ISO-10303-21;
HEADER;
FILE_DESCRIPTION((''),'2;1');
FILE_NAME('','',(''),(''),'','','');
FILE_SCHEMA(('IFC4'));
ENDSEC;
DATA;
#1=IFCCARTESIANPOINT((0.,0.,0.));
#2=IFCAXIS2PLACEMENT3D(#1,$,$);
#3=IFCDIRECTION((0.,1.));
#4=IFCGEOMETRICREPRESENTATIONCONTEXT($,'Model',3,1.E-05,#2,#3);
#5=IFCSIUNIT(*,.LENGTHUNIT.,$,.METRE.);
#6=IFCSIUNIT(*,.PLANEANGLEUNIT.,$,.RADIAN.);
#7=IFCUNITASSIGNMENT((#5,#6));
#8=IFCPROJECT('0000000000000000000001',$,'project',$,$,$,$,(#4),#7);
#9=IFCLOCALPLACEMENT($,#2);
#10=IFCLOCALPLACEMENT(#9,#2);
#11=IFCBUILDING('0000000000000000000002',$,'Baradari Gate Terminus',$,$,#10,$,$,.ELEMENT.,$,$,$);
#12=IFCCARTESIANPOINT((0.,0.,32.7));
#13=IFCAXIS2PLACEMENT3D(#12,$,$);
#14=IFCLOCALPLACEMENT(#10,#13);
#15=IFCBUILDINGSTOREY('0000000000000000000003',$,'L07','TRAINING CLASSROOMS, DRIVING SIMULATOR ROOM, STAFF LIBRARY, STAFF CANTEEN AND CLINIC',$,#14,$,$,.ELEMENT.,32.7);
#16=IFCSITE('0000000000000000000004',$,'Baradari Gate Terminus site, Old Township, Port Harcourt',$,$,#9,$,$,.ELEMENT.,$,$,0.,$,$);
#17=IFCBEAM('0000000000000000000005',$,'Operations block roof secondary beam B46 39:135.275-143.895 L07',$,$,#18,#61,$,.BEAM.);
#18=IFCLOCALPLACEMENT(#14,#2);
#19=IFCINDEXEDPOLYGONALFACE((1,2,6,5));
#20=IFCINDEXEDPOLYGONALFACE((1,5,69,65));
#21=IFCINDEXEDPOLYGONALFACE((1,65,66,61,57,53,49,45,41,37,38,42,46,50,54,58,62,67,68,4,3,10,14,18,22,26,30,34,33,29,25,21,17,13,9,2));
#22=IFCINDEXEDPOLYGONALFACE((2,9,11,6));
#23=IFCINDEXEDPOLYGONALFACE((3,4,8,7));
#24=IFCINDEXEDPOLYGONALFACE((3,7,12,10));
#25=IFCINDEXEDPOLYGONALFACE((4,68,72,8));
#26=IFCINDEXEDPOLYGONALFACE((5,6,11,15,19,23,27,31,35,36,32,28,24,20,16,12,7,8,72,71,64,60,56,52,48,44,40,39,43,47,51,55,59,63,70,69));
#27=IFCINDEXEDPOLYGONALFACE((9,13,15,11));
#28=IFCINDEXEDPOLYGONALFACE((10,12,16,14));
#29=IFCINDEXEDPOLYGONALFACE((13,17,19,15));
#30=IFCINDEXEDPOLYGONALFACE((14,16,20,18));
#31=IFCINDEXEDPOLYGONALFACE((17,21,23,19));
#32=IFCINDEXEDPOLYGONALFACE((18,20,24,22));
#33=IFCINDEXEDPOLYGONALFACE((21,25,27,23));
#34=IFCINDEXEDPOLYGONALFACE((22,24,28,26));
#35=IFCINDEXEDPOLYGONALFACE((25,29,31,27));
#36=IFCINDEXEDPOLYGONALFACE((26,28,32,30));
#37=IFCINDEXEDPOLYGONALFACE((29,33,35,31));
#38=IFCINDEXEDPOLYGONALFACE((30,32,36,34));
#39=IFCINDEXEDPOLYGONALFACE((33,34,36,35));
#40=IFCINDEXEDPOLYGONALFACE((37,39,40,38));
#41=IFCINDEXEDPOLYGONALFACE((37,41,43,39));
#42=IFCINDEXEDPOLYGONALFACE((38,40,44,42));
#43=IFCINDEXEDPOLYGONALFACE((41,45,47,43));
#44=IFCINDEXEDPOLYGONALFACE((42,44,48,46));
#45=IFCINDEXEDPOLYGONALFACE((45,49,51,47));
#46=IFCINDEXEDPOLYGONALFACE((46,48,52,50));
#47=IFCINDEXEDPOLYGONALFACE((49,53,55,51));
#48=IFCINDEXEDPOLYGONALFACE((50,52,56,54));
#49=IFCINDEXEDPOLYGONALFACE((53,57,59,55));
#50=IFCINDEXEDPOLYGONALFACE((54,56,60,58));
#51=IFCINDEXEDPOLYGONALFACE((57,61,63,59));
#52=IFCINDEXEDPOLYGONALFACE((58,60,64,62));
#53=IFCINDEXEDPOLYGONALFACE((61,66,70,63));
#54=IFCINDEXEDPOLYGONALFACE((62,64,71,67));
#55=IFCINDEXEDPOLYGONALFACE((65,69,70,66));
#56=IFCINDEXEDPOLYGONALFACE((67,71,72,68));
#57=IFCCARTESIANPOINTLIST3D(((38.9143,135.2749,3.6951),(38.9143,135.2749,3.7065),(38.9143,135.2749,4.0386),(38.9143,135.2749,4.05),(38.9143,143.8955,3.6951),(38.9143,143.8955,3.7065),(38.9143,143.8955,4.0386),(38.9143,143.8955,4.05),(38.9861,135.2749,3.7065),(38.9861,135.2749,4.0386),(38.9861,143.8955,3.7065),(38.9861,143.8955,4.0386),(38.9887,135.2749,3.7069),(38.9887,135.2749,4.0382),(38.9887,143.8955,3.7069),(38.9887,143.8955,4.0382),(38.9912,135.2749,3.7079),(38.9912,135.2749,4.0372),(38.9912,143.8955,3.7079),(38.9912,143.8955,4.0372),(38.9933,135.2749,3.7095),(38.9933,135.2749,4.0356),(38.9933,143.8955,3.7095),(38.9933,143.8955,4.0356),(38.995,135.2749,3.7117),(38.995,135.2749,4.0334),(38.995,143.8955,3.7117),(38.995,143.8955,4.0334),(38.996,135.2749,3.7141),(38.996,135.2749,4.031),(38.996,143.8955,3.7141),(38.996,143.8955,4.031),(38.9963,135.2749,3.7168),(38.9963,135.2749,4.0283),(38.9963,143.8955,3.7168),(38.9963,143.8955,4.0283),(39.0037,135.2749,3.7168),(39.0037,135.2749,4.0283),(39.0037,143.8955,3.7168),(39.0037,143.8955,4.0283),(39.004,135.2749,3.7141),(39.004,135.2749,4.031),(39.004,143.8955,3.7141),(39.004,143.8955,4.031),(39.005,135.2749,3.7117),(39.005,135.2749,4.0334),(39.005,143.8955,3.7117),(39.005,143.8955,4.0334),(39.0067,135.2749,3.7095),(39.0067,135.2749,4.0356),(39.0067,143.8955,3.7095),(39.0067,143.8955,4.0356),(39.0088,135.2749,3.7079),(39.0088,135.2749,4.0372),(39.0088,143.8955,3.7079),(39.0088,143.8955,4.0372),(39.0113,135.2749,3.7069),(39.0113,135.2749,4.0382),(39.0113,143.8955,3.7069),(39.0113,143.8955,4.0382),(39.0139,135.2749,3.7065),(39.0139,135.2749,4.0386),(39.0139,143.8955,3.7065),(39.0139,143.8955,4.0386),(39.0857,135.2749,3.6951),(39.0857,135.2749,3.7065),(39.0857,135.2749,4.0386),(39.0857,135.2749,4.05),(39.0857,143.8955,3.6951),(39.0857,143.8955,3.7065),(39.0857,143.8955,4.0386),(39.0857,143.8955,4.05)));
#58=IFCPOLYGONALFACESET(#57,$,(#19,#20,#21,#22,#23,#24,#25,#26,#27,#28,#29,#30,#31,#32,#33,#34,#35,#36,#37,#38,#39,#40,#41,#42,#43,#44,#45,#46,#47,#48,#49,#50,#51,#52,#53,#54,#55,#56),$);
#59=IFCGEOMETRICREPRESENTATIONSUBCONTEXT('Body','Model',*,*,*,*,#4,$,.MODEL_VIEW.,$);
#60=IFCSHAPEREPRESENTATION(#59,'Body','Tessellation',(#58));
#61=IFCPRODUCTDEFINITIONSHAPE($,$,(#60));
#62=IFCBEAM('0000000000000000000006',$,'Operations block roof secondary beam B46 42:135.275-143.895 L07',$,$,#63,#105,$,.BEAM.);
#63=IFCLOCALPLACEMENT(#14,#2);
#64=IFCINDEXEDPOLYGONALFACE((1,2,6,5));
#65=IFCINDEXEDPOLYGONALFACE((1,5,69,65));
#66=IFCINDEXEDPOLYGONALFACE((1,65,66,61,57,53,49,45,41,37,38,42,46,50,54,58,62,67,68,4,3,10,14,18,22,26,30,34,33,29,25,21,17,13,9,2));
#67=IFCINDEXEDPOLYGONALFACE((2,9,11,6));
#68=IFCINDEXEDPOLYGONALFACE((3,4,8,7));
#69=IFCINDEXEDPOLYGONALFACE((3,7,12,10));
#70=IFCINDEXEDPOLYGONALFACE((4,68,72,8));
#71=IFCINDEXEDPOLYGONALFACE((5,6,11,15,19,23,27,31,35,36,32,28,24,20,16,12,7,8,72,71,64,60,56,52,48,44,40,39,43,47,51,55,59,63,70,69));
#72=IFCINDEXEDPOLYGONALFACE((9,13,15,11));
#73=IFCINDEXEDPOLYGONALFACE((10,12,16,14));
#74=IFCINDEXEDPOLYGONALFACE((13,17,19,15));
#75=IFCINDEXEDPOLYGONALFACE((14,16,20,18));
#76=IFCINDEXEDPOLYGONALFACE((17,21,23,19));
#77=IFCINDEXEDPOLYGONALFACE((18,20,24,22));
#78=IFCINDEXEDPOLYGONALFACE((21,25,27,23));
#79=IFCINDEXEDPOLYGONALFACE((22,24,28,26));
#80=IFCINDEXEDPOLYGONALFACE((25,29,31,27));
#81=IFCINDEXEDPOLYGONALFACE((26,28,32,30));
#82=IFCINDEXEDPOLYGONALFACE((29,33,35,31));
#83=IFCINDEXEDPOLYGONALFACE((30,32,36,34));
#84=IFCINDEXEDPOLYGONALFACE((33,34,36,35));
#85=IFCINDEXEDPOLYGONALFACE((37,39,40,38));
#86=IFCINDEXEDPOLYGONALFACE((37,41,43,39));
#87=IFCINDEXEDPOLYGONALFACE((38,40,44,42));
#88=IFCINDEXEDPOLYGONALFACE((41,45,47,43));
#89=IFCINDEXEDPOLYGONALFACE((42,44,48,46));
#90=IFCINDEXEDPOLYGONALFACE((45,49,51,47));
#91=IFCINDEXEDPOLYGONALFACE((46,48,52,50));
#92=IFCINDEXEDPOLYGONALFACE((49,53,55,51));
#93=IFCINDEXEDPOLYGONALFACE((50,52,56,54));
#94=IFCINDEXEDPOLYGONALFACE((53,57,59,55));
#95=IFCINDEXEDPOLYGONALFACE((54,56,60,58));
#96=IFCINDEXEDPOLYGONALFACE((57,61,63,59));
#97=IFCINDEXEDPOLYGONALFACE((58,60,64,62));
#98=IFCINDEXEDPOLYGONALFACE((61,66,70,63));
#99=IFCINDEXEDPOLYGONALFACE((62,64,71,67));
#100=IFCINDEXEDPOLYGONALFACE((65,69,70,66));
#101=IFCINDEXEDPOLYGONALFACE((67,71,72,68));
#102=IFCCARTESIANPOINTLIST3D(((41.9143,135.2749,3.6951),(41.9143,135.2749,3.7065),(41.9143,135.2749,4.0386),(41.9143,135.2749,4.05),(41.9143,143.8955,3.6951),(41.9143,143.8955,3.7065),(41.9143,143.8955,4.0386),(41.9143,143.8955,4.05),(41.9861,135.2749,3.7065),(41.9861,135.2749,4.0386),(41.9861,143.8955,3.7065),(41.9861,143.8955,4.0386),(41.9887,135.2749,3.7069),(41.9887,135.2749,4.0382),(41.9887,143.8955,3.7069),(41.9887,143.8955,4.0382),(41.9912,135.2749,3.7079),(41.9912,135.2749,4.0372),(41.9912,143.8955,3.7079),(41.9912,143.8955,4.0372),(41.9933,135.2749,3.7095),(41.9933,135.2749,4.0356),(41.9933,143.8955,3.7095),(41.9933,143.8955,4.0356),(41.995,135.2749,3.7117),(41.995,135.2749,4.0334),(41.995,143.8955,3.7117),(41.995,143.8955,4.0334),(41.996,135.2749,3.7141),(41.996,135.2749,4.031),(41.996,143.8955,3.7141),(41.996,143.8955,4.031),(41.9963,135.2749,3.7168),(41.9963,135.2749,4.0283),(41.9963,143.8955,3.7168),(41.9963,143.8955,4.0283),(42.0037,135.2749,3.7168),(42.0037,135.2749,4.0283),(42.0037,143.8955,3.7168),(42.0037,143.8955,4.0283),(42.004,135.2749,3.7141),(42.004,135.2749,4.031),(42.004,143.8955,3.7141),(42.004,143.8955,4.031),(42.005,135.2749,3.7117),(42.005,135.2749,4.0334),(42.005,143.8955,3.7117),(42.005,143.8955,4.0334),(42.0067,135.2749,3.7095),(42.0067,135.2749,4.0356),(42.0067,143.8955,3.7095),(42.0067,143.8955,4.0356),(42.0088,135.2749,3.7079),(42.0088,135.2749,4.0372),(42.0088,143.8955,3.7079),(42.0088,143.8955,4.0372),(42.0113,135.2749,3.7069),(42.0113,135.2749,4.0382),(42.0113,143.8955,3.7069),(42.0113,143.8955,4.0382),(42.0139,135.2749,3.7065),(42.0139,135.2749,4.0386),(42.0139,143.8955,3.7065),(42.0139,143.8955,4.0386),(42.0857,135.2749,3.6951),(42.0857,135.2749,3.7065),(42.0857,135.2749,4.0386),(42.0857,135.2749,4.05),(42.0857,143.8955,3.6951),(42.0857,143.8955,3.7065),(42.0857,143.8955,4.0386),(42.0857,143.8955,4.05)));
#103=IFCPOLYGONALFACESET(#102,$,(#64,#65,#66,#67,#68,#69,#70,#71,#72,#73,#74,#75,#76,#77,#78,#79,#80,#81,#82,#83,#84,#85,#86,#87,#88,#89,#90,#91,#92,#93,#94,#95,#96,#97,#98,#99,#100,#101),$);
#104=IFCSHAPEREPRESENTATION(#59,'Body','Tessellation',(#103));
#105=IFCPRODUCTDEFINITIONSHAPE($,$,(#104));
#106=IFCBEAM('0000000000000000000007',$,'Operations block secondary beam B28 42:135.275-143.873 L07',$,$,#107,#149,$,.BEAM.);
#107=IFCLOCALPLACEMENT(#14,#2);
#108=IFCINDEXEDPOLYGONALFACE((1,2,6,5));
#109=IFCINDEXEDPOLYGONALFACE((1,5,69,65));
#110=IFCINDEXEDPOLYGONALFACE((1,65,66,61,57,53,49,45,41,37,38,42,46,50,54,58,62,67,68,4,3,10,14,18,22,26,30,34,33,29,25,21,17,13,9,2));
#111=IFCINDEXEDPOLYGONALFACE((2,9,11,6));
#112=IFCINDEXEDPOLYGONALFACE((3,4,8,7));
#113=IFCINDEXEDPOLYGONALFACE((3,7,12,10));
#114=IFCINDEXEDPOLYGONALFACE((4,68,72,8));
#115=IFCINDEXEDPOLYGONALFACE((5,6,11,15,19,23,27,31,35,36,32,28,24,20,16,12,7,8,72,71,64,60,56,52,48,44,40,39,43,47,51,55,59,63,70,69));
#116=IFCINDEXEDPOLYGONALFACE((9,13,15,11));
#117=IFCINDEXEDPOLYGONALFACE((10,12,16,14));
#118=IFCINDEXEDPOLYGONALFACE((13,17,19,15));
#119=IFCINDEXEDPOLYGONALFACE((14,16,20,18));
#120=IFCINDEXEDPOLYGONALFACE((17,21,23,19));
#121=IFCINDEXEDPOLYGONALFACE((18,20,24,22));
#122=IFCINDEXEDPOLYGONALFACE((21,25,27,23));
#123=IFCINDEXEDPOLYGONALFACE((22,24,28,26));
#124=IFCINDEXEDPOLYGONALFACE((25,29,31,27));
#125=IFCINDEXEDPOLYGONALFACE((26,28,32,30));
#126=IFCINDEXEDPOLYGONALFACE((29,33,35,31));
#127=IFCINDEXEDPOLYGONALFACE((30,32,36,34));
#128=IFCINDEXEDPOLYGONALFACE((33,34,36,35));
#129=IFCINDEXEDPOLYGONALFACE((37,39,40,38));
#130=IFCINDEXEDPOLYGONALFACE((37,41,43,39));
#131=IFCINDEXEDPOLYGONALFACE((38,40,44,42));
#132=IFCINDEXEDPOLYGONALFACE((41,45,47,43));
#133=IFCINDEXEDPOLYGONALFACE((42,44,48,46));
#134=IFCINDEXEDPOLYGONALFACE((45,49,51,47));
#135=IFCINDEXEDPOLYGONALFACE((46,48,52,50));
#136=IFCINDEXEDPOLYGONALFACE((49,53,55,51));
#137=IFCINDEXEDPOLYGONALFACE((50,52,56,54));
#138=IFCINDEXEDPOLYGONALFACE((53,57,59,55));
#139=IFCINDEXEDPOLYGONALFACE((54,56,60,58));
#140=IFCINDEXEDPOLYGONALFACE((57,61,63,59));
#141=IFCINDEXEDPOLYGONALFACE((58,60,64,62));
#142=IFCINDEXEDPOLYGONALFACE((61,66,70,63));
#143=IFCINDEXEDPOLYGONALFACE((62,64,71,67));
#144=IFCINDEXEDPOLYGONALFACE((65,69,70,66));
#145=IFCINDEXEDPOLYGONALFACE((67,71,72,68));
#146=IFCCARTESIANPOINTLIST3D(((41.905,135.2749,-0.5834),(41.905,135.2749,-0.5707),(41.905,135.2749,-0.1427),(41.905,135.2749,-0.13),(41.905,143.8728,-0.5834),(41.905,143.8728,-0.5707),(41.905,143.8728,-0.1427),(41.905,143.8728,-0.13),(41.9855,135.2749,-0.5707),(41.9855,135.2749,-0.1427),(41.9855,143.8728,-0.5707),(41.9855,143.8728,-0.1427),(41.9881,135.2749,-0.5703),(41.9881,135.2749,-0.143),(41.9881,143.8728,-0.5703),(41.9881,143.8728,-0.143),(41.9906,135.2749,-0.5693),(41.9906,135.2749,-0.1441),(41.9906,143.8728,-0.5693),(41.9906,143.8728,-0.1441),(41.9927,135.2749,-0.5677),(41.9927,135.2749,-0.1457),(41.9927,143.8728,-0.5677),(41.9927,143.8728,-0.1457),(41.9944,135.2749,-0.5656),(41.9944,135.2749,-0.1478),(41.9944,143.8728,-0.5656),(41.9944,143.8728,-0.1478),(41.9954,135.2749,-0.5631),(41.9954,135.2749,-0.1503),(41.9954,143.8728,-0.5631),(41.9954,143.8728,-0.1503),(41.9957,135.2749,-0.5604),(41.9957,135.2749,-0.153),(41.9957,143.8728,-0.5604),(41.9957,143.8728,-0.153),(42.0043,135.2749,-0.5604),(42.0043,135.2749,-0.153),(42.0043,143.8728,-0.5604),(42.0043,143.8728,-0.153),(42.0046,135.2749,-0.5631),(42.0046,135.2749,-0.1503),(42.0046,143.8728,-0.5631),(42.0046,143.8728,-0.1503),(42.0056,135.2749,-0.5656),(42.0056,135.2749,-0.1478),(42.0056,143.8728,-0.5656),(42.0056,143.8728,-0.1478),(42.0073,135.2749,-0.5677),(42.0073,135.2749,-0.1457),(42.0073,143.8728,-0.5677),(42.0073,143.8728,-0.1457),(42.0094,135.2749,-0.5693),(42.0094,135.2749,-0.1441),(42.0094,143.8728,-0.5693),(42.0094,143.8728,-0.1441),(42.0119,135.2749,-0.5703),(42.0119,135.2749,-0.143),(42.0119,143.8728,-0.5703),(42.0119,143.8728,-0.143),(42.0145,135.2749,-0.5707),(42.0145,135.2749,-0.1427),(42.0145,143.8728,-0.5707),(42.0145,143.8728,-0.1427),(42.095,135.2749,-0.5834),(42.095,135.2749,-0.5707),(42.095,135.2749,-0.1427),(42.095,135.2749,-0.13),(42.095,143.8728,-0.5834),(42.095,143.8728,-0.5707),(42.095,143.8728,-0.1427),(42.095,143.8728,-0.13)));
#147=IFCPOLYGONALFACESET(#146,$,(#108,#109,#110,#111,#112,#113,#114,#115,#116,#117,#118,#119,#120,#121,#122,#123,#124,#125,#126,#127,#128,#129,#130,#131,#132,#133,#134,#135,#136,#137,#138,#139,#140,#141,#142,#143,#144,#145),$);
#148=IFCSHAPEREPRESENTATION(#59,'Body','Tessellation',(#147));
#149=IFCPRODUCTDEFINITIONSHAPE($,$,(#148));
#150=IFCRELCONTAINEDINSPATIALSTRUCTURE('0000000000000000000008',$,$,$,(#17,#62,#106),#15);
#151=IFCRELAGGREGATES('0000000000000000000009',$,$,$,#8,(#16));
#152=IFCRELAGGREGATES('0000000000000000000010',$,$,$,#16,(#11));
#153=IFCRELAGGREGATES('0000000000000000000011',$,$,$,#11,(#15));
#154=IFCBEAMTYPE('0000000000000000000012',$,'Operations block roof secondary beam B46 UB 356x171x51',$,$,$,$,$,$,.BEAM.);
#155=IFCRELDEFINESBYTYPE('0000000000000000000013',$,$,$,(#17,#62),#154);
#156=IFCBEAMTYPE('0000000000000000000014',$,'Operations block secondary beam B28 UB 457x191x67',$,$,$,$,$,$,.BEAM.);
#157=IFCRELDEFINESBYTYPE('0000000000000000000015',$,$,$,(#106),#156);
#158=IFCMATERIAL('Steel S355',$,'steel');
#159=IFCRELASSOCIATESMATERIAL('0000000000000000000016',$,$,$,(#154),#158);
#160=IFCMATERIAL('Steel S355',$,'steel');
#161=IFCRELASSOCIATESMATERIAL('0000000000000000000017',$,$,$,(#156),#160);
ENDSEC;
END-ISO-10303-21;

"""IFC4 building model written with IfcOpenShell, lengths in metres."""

from ifc_helpers import new_model, si_unit, direction, frame, origin, origin_2d, place, context, subcontext, project, spatial, i_section, extrude, material, material_profile, profile_set, type_object, element, save


model = new_model("IFC4")

# Units and contexts
model_context = context("Model", 3, precision=1e-05, world=origin(), true_north=direction((0.0, 1.0)))
body_context = subcontext(model_context, "Body", "Model", "MODEL_VIEW")
ifc_project = project(units=[si_unit("LENGTHUNIT", "METRE"), si_unit("PLANEANGLEUNIT", "RADIAN")], contexts=[model_context])

# Site, building, storey
site_placement = place(None, origin())
site = spatial("IfcSite", under=ifc_project, at=site_placement, Name="Baradari Gate Terminus site, Old Township, Port Harcourt", CompositionType="ELEMENT", RefElevation=0.0)
building_placement = place(site_placement, origin())
building = spatial("IfcBuilding", under=site, at=building_placement, Name="Baradari Gate Terminus", CompositionType="ELEMENT")
storey_placement = place(building_placement, frame((0.0, 0.0, 32.7)))
storey = spatial("IfcBuildingStorey", under=building, at=storey_placement, Name="L07", Description="TRAINING CLASSROOMS, DRIVING SIMULATOR ROOM, STAFF LIBRARY, STAFF CANTEEN AND CLINIC", CompositionType="ELEMENT", Elevation=32.7)

# Beams
ifc_material_1 = material(Name="Steel S355", Category="steel")
ifc_material_profile_1 = material_profile(ifc_material_1, i_section(OverallWidth=0.1714, OverallDepth=0.355, WebThickness=0.0073, FlangeThickness=0.0115, FilletRadius=0.0103, at=origin_2d()), Name="UB 356x171x51")
ifc_profile_set_1 = profile_set([ifc_material_profile_1], Name="Steel S355")
beam_type_1 = type_object("IfcBeamType", Name="Operations block roof secondary beam B46 UB 356x171x51", PredefinedType="BEAM", material=ifc_profile_set_1)
for number, where, z_axis, x_axis, name in (
    (1, (39.0, 135.2749, 3.8726), (0.0, 1.0, 0.0), (-1.0, 0.0, 0.0), "Operations block roof secondary beam B46 39:135.275-143.895 L07"),
    (2, (42.0, 135.2749, 3.8726), (0.0, 1.0, 0.0), (-1.0, 0.0, 0.0), "Operations block roof secondary beam B46 42:135.275-143.895 L07"),
):
    element("IfcBeam", number, at=place(storey_placement, frame(where, z_axis=z_axis, x_axis=x_axis)), inside=storey, type_object=beam_type_1, Name=name, PredefinedType="BEAM", context=body_context, shape_type="SweptSolid", body=[
        extrude(i_section(OverallWidth=0.1714, OverallDepth=0.355, WebThickness=0.0073, FlangeThickness=0.0115, FilletRadius=0.0103, at=origin_2d()), origin(), (0.0, 0.0, 1.0), 8.6206),
    ])
ifc_material_2 = material(Name="Steel S355", Category="steel")
ifc_material_profile_2 = material_profile(ifc_material_2, i_section(OverallWidth=0.1899, OverallDepth=0.4534, WebThickness=0.0085, FlangeThickness=0.0127, FilletRadius=0.0103, at=origin_2d()), Name="UB 457x191x67")
ifc_profile_set_2 = profile_set([ifc_material_profile_2], Name="Steel S355")
beam_type_2 = type_object("IfcBeamType", Name="Operations block secondary beam B28 UB 457x191x67", PredefinedType="BEAM", material=ifc_profile_set_2)
beam_placement = place(storey_placement, frame((42.0, 135.2749, -0.3567), z_axis=(0.0, 1.0, 0.0), x_axis=(-1.0, 0.0, 0.0)))
element("IfcBeam", 3, at=beam_placement, inside=storey, type_object=beam_type_2, Name="Operations block secondary beam B28 42:135.275-143.873 L07", PredefinedType="BEAM", context=body_context, shape_type="SweptSolid", body=[
    extrude(i_section(OverallWidth=0.1899, OverallDepth=0.4534, WebThickness=0.0085, FlangeThickness=0.0127, FilletRadius=0.0103, at=origin_2d()), origin(), (0.0, 0.0, 1.0), 8.5979),
])

save(model, "model.ifc")
